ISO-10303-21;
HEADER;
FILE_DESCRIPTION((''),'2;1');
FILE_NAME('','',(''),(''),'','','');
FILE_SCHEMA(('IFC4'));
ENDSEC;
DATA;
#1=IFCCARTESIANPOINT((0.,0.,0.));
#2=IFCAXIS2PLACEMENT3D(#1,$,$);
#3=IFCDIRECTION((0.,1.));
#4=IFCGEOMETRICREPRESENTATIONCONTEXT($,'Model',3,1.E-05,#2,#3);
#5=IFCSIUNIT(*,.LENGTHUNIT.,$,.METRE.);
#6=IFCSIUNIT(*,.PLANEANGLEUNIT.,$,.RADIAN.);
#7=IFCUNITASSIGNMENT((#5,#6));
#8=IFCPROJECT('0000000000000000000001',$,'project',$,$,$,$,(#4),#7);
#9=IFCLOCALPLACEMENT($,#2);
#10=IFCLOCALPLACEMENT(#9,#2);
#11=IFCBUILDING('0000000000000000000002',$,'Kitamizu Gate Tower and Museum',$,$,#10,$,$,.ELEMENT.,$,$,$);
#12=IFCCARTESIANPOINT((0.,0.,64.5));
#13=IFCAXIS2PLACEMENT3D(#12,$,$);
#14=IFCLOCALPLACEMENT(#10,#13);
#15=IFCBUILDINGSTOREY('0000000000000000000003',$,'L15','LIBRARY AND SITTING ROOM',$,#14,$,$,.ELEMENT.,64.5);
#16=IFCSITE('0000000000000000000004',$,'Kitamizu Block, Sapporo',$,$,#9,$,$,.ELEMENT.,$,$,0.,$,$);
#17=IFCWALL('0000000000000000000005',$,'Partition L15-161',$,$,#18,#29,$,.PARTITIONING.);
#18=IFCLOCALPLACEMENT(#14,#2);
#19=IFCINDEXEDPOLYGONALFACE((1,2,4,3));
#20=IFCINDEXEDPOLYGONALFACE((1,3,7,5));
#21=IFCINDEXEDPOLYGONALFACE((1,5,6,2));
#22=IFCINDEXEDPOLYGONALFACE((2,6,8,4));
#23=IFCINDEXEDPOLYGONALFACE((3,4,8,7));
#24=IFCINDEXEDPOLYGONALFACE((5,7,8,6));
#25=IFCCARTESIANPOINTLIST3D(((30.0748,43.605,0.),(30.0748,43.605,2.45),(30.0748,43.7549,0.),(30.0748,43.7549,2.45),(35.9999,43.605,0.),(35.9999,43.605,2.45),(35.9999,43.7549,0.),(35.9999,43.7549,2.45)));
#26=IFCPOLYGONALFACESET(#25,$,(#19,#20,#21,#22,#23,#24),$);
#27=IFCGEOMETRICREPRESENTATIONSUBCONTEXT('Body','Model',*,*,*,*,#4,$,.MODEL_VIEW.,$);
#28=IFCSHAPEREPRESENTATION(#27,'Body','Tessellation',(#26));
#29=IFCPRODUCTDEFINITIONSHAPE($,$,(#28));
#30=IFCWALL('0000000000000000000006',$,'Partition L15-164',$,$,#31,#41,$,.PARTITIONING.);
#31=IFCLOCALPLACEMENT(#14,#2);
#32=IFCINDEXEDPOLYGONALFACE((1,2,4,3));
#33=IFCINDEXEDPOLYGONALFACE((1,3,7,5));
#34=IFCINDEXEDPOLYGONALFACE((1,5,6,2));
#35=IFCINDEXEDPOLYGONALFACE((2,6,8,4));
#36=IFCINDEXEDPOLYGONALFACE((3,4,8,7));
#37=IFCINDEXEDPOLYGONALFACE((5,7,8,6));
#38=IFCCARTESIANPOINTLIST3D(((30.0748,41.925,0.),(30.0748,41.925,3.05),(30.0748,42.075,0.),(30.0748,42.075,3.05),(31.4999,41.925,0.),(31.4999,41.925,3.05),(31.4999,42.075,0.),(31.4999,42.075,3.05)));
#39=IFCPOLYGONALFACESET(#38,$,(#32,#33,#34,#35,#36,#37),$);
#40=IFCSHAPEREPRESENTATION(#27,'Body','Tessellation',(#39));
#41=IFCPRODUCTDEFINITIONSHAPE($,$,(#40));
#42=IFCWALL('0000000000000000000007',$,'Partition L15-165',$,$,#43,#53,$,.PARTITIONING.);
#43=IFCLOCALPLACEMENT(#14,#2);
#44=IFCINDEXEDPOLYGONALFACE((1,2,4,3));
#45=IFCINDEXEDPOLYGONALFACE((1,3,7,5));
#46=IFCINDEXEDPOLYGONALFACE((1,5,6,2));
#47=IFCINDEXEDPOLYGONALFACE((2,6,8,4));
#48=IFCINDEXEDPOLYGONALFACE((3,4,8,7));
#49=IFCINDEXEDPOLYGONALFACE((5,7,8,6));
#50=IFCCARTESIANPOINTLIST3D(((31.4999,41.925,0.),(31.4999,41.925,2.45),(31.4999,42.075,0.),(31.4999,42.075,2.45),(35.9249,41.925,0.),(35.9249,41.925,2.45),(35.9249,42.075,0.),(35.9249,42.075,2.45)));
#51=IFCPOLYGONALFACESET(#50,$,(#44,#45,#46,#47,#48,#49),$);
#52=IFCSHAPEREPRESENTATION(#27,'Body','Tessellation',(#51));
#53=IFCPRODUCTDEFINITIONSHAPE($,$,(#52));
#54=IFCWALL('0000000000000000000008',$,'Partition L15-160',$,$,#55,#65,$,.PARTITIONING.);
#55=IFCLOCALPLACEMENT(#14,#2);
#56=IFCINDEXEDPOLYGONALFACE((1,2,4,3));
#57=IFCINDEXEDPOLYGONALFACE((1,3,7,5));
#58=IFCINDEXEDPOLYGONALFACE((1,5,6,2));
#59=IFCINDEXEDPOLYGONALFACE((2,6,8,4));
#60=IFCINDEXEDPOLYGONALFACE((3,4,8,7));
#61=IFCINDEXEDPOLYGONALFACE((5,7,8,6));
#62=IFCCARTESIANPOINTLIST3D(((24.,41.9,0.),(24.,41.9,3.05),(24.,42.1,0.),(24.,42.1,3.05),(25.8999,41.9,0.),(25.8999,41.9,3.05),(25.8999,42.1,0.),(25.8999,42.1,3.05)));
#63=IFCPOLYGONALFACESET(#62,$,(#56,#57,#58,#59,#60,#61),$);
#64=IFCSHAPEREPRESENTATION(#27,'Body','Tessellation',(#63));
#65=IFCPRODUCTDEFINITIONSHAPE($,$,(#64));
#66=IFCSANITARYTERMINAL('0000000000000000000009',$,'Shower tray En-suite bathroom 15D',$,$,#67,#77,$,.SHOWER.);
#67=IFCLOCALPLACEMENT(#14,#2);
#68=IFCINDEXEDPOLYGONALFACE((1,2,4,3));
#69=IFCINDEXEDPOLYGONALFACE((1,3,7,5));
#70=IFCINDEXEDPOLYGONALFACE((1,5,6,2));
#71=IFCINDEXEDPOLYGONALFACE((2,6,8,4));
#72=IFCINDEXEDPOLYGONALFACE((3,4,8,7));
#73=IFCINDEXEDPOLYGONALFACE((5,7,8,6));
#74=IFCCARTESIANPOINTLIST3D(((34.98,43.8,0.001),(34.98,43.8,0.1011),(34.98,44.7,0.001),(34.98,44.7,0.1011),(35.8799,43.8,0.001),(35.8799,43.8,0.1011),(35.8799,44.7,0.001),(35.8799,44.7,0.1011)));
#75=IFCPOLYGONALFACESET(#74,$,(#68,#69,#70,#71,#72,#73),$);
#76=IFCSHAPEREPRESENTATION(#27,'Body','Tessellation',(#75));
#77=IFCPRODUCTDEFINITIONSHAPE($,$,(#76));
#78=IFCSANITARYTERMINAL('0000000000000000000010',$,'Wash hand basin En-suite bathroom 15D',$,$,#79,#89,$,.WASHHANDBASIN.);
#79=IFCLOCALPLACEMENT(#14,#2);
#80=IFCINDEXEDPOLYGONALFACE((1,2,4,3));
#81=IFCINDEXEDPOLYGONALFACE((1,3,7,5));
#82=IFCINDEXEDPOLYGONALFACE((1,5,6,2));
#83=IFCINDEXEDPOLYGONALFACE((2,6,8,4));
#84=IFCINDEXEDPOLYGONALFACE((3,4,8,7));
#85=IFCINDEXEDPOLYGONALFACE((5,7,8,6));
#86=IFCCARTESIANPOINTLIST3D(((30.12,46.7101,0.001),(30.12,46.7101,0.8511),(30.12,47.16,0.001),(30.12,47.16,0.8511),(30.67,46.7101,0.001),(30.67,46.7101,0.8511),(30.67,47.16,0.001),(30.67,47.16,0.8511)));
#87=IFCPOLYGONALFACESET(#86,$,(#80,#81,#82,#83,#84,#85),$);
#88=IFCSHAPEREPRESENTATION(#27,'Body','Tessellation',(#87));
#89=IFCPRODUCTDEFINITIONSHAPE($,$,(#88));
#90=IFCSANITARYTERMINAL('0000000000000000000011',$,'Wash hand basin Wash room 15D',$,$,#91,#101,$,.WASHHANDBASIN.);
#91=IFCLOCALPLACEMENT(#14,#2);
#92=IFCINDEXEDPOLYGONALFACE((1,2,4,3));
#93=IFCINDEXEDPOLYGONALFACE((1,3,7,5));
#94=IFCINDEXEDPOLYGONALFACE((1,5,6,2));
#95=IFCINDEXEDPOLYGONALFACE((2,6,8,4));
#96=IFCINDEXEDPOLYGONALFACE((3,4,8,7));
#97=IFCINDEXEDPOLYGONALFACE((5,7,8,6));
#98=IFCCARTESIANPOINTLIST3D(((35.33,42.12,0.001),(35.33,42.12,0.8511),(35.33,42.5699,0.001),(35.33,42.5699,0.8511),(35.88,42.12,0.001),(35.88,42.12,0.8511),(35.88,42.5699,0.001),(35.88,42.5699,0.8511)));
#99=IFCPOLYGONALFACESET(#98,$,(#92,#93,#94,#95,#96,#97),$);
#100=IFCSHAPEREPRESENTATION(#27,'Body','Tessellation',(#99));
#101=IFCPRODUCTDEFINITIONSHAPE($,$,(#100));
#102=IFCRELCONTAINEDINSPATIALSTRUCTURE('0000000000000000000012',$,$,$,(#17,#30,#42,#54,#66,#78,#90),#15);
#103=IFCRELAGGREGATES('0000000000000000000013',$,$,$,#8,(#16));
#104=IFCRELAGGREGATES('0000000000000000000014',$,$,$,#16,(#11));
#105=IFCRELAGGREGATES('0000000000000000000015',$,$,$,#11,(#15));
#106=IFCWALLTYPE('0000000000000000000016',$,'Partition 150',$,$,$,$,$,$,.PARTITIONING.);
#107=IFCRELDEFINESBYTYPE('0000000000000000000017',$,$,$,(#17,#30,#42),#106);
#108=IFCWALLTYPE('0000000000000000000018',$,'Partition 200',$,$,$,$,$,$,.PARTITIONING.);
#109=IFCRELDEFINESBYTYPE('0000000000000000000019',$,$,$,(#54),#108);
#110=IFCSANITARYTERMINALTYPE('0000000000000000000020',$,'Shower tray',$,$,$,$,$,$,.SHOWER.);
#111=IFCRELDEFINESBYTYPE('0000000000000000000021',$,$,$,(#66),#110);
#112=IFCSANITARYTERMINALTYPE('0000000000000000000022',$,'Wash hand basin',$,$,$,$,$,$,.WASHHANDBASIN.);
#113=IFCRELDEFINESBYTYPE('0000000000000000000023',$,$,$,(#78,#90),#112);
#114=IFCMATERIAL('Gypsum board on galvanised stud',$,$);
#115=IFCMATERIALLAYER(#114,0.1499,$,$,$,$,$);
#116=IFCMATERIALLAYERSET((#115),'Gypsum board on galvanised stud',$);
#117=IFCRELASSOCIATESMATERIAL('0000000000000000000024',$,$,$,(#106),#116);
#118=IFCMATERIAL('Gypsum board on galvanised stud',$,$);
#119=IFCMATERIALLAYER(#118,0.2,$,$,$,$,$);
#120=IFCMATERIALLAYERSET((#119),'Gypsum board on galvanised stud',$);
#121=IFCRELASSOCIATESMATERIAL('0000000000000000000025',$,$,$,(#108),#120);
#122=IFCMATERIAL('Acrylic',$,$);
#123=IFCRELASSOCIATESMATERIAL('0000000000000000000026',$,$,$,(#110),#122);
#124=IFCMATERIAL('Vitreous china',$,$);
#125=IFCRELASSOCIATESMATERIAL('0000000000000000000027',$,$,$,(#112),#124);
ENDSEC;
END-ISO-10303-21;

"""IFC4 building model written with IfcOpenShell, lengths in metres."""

from ifc_helpers import new_model, si_unit, direction, frame, frame_2d, origin, origin_2d, place, context, subcontext, project, spatial, rectangle, extrude, material, layer, layer_set, type_object, element, save


model = new_model("IFC4")

# Units and contexts
model_context = context("Model", 3, precision=1e-05, world=origin(), true_north=direction((0.0, 1.0)))
body_context = subcontext(model_context, "Body", "Model", "MODEL_VIEW")
ifc_project = project(units=[si_unit("LENGTHUNIT", "METRE"), si_unit("PLANEANGLEUNIT", "RADIAN")], contexts=[model_context])

# Site, building, storey
site_placement = place(None, origin())
site = spatial("IfcSite", under=ifc_project, at=site_placement, Name="Kitamizu Block, Sapporo", CompositionType="ELEMENT", RefElevation=0.0)
building_placement = place(site_placement, origin())
building = spatial("IfcBuilding", under=site, at=building_placement, Name="Kitamizu Gate Tower and Museum", CompositionType="ELEMENT")
storey_placement = place(building_placement, frame((0.0, 0.0, 64.5)))
storey = spatial("IfcBuildingStorey", under=building, at=storey_placement, Name="L15", Description="LIBRARY AND SITTING ROOM", CompositionType="ELEMENT", Elevation=64.5)

# Shared definitions
ifc_material_1 = material(Name="Gypsum board on galvanised stud")
ifc_layer_1 = layer(ifc_material_1, 0.1499)
ifc_layer_set_1 = layer_set([ifc_layer_1], Name="Gypsum board on galvanised stud")
wall_type_1 = type_object("IfcWallType", Name="Partition 150", PredefinedType="PARTITIONING", material=ifc_layer_set_1)

# Walls
wall_1_placement = place(storey_placement, frame((30.075, 43.6799, 0.0), z_axis=(0.0, 0.0, 1.0), x_axis=(1.0, 0.0, 0.0)))
element("IfcWall", 1, at=wall_1_placement, inside=storey, type_object=wall_type_1, Name="Partition L15-161", PredefinedType="PARTITIONING", context=body_context, shape_type="SweptSolid", body=[
    extrude(rectangle(XDim=5.925, YDim=0.1499, at=frame_2d((2.9624, 0.0))), origin(), (0.0, 0.0, 1.0), 2.45),
])
wall_2_placement = place(storey_placement, frame((30.075, 42.0, 0.0), z_axis=(0.0, 0.0, 1.0), x_axis=(1.0, 0.0, 0.0)))
element("IfcWall", 2, at=wall_2_placement, inside=storey, type_object=wall_type_1, Name="Partition L15-164", PredefinedType="PARTITIONING", context=body_context, shape_type="SweptSolid", body=[
    extrude(rectangle(XDim=1.425, YDim=0.1499, at=frame_2d((0.7124, 0.0))), origin(), (0.0, 0.0, 1.0), 3.05),
])
wall_3_placement = place(storey_placement, frame((31.5, 42.0, 0.0), z_axis=(0.0, 0.0, 1.0), x_axis=(1.0, 0.0, 0.0)))
element("IfcWall", 3, at=wall_3_placement, inside=storey, type_object=wall_type_1, Name="Partition L15-165", PredefinedType="PARTITIONING", context=body_context, shape_type="SweptSolid", body=[
    extrude(rectangle(XDim=4.425, YDim=0.1499, at=frame_2d((2.2124, 0.0))), origin(), (0.0, 0.0, 1.0), 2.45),
])
ifc_material_2 = material(Name="Gypsum board on galvanised stud")
ifc_layer_2 = layer(ifc_material_2, 0.2)
ifc_layer_set_2 = layer_set([ifc_layer_2], Name="Gypsum board on galvanised stud")
wall_type_2 = type_object("IfcWallType", Name="Partition 200", PredefinedType="PARTITIONING", material=ifc_layer_set_2)
wall_4_placement = place(storey_placement, frame((24.0, 42.0, 0.0), z_axis=(0.0, 0.0, 1.0), x_axis=(1.0, 0.0, 0.0)))
element("IfcWall", 4, at=wall_4_placement, inside=storey, type_object=wall_type_2, Name="Partition L15-160", PredefinedType="PARTITIONING", context=body_context, shape_type="SweptSolid", body=[
    extrude(rectangle(XDim=1.8999, YDim=0.2, at=frame_2d((0.95, 0.0))), origin(), (0.0, 0.0, 1.0), 3.05),
])

# Sanitary terminals
ifc_material_3 = material(Name="Acrylic")
sanitary_terminal_type_1 = type_object("IfcSanitaryTerminalType", Name="Shower tray", PredefinedType="SHOWER", material=ifc_material_3)
sanitary_terminal_placement = place(storey_placement, frame((35.4299, 44.25, 0.001), z_axis=(0.0, 0.0, 1.0), x_axis=(1.0, 0.0, 0.0)))
element("IfcSanitaryTerminal", 5, at=sanitary_terminal_placement, inside=storey, type_object=sanitary_terminal_type_1, Name="Shower tray En-suite bathroom 15D", PredefinedType="SHOWER", context=body_context, shape_type="SweptSolid", body=[
    extrude(rectangle(XDim=0.8999, YDim=0.8999, at=origin_2d()), origin(), (0.0, 0.0, 1.0), 0.1001),
])
ifc_material_4 = material(Name="Vitreous china")
sanitary_terminal_type_2 = type_object("IfcSanitaryTerminalType", Name="Wash hand basin", PredefinedType="WASHHANDBASIN", material=ifc_material_4)
for number, where, z_axis, x_axis, name in (
    (6, (30.395, 46.9351, 0.001), (0.0, 0.0, 1.0), (1.0, 0.0, 0.0), "Wash hand basin En-suite bathroom 15D"),
    (7, (35.605, 42.345, 0.001), (0.0, 0.0, 1.0), (1.0, 0.0, 0.0), "Wash hand basin Wash room 15D"),
):
    element("IfcSanitaryTerminal", number, at=place(storey_placement, frame(where, z_axis=z_axis, x_axis=x_axis)), inside=storey, type_object=sanitary_terminal_type_2, Name=name, PredefinedType="WASHHANDBASIN", context=body_context, shape_type="SweptSolid", body=[
        extrude(rectangle(XDim=0.55, YDim=0.45, at=origin_2d()), origin(), (0.0, 0.0, 1.0), 0.8501),
    ])

save(model, "model.ifc")
